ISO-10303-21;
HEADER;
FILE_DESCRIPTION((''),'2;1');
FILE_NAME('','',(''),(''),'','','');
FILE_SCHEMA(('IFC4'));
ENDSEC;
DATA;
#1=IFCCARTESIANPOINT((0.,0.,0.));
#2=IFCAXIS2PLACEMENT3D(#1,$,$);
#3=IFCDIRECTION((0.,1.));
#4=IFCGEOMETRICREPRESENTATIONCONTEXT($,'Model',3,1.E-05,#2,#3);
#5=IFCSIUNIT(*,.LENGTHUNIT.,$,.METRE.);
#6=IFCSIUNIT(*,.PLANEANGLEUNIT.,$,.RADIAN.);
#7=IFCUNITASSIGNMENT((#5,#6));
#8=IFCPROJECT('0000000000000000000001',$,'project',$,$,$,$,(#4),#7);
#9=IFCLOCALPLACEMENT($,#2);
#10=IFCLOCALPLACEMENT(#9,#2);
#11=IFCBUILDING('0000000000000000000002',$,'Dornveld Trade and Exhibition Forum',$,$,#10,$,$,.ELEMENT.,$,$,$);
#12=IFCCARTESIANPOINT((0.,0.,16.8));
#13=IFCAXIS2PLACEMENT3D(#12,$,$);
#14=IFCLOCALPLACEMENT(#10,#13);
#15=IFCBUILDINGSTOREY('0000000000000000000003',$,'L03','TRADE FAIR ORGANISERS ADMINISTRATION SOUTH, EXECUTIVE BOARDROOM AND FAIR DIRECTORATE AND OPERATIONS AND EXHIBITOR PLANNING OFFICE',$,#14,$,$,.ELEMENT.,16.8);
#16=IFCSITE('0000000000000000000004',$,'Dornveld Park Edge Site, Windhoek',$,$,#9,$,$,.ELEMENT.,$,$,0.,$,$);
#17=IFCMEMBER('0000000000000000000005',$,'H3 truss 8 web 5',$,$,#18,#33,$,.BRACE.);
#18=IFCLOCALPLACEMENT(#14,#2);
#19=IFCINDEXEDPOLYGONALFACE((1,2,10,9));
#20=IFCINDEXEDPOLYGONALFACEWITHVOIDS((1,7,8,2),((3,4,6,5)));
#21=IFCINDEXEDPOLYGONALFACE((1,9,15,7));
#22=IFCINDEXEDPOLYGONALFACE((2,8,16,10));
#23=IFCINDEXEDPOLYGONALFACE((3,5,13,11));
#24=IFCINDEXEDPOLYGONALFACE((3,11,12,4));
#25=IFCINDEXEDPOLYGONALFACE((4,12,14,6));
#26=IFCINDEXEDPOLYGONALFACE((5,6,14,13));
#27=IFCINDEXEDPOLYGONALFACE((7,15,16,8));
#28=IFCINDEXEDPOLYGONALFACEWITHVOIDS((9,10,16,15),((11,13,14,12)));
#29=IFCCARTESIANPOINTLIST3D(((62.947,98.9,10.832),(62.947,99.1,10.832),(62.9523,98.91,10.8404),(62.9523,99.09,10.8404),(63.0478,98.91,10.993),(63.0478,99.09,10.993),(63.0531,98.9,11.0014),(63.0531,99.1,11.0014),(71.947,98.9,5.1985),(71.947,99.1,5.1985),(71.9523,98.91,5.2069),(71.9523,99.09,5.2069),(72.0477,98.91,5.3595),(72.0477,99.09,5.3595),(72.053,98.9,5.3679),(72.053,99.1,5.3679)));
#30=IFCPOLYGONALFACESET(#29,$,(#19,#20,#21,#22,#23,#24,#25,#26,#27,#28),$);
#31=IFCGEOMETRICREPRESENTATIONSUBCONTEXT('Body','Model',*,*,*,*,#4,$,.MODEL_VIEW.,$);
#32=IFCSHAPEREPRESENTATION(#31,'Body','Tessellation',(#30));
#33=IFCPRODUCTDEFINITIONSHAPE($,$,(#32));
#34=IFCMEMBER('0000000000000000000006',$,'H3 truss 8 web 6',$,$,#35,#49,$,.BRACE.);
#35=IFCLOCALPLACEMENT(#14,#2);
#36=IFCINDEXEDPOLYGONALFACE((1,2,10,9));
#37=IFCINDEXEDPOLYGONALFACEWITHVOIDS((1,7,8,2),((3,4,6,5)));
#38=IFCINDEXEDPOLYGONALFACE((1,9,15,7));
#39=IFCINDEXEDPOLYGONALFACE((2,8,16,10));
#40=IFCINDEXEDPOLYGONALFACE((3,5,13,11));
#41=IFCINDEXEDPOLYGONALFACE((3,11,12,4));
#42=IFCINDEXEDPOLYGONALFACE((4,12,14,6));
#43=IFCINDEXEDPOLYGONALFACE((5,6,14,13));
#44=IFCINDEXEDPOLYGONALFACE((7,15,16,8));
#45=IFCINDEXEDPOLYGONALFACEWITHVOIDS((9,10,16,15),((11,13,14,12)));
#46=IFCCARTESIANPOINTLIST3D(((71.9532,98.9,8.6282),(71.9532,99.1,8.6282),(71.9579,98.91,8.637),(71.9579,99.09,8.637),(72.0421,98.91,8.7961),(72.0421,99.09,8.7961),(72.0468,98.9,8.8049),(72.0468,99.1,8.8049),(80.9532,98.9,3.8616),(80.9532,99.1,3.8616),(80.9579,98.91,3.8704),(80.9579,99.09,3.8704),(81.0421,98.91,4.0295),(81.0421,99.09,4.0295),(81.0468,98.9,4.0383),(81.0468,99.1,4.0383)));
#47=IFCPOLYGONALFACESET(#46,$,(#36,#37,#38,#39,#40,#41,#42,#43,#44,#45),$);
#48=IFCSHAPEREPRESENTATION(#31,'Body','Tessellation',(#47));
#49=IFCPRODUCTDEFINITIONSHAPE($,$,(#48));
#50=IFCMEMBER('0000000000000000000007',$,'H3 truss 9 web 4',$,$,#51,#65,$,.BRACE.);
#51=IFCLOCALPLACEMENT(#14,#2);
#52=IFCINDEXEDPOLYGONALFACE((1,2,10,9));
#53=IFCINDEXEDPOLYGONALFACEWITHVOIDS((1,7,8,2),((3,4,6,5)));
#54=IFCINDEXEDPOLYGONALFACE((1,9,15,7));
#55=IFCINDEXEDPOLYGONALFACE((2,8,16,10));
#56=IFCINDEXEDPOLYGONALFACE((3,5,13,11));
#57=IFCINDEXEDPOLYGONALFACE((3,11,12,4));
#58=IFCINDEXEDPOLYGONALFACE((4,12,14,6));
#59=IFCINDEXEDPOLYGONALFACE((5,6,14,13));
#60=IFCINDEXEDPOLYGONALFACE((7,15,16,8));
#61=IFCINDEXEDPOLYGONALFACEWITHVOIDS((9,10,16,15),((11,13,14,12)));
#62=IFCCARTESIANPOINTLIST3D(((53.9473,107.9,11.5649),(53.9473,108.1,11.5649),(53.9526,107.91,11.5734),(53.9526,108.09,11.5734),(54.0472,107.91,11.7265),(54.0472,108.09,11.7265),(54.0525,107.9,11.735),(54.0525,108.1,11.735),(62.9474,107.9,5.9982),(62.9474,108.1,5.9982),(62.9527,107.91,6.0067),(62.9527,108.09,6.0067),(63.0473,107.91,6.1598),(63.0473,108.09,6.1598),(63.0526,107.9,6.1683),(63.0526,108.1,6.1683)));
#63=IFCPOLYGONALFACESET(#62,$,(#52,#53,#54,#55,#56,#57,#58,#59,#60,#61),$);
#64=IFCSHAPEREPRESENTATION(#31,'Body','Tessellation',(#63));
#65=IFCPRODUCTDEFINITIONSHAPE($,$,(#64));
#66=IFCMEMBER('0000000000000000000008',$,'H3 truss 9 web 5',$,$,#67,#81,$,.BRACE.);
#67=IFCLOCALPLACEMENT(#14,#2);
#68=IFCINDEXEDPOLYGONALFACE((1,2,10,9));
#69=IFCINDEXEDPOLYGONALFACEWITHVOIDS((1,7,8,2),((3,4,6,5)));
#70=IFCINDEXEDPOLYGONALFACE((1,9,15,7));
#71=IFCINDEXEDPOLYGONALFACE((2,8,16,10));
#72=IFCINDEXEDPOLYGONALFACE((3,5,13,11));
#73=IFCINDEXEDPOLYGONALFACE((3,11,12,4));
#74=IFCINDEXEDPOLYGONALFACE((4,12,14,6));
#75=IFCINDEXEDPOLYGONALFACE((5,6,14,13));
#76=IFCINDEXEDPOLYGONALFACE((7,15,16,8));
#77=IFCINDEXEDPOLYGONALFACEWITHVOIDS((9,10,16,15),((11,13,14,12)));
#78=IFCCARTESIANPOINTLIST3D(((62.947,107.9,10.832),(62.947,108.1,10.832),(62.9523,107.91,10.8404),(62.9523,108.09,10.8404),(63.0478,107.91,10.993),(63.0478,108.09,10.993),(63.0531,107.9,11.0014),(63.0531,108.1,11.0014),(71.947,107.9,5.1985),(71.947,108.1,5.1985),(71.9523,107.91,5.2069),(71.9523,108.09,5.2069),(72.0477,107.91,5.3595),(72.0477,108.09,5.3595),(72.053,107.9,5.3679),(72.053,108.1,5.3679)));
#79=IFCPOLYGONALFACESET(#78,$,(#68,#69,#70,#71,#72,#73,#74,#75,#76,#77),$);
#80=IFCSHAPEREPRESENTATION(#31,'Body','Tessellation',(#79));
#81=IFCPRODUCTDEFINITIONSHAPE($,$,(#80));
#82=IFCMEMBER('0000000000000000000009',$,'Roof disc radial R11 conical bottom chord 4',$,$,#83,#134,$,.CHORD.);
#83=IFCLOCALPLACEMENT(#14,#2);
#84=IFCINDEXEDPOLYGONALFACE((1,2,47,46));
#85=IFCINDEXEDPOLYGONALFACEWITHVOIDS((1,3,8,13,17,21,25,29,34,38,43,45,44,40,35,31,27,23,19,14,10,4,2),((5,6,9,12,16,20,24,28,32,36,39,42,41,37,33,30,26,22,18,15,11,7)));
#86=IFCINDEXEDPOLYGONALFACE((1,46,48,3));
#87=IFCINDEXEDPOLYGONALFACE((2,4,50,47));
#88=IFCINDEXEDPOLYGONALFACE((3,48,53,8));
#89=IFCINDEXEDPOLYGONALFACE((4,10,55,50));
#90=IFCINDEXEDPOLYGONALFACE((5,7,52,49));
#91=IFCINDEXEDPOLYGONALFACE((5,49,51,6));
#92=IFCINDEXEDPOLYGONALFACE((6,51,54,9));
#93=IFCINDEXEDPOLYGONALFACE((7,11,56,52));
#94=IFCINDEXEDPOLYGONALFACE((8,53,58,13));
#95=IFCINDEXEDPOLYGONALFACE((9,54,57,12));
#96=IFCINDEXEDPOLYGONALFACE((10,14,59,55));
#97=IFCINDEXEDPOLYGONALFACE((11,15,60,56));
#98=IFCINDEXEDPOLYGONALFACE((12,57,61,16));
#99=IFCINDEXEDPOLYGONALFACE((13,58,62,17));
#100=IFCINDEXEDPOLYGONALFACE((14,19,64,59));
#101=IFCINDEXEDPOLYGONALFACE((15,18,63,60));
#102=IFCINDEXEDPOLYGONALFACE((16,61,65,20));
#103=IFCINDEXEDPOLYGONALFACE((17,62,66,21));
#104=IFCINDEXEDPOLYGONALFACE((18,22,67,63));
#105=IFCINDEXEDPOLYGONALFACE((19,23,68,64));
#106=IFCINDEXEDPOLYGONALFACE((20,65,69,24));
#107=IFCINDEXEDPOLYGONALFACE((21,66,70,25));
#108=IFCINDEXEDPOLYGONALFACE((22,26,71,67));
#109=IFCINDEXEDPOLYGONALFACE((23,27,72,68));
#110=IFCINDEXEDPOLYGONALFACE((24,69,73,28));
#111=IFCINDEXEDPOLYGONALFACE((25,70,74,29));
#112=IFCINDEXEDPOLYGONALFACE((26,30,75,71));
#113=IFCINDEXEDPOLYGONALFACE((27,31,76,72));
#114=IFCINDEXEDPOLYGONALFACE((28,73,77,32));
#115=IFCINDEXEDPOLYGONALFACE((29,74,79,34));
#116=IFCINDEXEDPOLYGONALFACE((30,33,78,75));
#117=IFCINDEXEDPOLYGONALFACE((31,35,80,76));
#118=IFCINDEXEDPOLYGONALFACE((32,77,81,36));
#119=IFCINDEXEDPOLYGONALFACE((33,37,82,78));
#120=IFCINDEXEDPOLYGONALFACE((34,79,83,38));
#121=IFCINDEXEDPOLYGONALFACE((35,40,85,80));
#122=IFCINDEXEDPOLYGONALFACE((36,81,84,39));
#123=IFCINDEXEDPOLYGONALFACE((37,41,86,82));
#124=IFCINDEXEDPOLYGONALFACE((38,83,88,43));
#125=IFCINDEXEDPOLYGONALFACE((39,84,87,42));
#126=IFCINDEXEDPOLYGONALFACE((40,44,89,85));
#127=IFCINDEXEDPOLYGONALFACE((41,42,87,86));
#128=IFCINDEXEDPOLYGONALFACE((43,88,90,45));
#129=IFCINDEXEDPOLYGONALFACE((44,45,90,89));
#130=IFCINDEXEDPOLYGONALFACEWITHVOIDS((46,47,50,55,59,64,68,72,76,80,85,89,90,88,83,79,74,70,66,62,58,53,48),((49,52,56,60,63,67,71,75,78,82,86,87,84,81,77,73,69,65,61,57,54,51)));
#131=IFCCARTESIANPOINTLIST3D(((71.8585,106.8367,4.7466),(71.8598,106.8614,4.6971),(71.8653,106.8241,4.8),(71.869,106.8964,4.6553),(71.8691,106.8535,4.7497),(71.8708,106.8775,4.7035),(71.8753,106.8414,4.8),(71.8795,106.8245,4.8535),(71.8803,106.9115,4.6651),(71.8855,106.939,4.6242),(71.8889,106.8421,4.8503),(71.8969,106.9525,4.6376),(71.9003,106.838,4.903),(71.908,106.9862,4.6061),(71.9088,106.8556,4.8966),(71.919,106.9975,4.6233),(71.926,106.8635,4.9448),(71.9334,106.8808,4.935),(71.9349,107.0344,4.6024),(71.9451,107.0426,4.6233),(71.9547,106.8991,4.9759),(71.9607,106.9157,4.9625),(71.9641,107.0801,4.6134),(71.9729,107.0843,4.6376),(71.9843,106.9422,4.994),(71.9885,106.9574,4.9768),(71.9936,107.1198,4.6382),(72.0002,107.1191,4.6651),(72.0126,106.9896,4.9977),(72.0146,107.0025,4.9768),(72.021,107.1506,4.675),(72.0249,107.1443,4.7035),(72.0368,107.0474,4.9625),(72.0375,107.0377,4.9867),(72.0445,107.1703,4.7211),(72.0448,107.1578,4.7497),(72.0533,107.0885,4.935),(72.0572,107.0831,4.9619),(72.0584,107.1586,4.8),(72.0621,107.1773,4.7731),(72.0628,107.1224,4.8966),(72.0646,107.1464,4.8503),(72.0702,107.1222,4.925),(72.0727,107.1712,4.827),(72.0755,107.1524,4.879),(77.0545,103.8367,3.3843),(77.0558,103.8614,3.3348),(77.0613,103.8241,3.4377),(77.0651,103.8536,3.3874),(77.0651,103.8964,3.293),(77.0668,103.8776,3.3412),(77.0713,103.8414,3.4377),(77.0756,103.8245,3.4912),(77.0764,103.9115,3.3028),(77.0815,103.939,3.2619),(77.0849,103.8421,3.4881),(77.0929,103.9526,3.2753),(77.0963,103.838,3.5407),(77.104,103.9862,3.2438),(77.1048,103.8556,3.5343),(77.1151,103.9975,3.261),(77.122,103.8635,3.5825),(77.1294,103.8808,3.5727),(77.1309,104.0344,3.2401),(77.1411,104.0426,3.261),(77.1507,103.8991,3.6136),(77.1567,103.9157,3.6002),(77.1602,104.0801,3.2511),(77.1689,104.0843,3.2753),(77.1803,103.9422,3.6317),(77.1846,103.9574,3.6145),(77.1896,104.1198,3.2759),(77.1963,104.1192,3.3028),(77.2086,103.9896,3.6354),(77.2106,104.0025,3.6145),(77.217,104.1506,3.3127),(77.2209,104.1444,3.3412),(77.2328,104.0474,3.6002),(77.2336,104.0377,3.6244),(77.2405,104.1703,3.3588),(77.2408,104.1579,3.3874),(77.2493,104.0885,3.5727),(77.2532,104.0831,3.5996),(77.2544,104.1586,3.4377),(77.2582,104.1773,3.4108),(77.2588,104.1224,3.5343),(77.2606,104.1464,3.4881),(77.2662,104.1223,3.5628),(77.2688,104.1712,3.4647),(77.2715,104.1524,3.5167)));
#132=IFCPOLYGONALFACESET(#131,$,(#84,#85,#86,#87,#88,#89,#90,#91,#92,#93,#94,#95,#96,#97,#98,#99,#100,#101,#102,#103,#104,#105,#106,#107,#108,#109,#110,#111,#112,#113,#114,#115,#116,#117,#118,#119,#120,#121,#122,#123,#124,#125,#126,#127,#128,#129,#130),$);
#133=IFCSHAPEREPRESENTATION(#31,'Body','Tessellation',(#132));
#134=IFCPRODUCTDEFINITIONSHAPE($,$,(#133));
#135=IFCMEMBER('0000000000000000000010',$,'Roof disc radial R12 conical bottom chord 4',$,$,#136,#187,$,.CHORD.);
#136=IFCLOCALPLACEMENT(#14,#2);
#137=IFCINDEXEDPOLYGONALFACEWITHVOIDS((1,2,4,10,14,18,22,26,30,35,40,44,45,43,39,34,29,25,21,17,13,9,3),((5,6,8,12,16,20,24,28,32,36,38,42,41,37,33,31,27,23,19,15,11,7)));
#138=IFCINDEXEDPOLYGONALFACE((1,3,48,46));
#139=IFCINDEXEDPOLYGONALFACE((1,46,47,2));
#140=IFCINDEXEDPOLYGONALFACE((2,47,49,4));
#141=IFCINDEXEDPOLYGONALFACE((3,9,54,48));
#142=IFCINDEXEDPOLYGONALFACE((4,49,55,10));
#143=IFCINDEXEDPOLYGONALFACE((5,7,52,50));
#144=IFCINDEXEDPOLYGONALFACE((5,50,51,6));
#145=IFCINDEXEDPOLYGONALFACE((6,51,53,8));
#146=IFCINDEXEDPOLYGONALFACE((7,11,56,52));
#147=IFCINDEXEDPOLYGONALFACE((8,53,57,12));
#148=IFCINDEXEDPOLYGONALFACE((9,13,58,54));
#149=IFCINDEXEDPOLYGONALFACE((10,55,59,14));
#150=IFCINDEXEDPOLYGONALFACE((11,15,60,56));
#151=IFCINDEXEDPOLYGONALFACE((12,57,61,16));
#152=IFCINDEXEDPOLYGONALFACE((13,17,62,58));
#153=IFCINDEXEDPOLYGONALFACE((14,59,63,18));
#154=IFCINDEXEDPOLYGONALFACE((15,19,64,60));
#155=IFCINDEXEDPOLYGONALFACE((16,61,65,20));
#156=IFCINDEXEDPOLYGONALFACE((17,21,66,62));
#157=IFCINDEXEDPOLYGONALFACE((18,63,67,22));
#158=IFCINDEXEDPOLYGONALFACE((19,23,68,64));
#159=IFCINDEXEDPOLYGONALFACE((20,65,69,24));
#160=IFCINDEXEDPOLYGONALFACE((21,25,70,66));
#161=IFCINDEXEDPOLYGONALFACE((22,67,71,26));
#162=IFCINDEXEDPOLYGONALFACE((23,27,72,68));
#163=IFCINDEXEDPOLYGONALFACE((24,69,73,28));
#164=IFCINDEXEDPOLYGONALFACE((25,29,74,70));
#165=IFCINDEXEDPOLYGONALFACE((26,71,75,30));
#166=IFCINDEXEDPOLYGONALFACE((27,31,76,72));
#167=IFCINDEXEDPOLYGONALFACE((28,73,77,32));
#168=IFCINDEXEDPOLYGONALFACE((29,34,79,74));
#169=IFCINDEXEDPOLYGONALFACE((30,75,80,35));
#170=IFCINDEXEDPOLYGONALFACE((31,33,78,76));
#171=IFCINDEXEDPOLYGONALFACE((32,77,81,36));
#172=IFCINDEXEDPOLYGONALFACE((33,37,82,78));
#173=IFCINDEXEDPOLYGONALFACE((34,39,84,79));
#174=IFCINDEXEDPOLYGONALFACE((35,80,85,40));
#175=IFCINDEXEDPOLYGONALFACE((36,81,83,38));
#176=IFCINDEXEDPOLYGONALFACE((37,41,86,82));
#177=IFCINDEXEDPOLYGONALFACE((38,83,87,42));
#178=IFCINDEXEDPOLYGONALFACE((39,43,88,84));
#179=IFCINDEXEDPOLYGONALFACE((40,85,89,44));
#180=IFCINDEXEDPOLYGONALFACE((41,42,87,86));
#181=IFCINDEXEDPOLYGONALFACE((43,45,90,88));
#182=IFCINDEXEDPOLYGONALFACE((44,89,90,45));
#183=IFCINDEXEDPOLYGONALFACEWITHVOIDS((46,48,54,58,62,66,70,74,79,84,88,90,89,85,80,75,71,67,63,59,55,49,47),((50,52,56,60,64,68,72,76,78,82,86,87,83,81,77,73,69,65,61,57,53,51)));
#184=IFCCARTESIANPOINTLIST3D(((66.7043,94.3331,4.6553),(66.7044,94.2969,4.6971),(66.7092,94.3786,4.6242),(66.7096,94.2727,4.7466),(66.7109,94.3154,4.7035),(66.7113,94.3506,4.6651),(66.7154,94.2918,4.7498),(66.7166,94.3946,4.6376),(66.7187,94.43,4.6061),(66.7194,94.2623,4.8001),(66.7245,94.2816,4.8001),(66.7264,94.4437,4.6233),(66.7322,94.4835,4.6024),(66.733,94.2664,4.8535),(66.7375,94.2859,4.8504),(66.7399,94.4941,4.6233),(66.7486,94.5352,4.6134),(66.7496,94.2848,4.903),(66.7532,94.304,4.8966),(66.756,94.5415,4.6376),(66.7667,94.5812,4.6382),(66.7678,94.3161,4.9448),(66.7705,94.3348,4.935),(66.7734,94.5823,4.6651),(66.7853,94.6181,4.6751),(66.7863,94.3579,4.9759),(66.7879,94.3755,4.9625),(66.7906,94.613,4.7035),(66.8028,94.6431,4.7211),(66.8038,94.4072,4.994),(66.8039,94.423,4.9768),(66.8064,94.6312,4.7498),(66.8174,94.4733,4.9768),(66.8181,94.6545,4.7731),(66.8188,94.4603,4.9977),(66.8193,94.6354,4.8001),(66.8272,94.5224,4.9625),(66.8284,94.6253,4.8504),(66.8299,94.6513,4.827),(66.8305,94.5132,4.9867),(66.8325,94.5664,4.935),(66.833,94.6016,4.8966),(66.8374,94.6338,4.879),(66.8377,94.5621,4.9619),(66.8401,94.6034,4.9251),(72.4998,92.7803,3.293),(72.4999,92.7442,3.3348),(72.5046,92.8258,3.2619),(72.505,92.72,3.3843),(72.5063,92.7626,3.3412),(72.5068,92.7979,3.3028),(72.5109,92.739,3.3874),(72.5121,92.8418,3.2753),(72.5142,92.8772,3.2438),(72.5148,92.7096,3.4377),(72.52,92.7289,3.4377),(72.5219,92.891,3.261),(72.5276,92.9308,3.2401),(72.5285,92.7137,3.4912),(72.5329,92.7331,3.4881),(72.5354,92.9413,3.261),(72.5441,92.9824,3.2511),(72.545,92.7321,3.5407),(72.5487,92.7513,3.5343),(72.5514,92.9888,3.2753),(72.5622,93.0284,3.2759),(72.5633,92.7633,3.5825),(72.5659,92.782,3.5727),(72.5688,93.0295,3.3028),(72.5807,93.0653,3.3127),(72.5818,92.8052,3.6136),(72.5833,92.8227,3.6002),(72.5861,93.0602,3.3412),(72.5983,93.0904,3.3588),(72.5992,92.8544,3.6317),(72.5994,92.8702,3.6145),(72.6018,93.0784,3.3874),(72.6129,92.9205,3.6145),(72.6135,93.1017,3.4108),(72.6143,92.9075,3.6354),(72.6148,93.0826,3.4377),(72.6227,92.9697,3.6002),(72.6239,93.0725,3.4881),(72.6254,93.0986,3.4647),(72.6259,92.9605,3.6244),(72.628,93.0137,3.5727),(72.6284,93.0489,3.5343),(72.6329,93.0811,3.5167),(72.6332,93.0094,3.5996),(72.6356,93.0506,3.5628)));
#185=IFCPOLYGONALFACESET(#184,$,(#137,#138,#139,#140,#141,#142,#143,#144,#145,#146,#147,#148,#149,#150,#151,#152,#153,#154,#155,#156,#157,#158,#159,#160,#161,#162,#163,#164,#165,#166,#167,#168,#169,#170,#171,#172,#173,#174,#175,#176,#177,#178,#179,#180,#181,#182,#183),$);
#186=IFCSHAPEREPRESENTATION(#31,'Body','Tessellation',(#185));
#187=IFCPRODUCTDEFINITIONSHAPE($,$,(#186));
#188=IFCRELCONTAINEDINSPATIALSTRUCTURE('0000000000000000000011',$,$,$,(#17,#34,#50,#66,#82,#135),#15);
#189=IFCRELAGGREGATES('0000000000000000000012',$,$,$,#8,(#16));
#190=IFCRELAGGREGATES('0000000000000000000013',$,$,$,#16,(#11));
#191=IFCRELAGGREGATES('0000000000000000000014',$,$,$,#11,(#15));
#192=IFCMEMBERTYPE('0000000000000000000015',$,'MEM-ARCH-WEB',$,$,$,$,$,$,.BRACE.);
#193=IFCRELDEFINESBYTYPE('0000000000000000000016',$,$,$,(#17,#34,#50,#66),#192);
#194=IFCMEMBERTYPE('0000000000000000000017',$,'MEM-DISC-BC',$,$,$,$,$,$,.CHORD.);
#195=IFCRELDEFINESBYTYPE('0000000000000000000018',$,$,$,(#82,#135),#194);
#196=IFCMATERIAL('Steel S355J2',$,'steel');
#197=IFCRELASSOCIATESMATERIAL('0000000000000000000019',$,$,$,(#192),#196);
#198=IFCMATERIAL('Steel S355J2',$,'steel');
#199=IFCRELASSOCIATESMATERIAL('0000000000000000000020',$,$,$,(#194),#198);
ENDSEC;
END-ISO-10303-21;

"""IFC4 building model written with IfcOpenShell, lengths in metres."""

from ifc_helpers import new_model, si_unit, direction, frame, origin, origin_2d, place, context, subcontext, project, spatial, hollow_rectangle, hollow_circle, extrude, material, material_profile, profile_set, type_object, element, save


model = new_model("IFC4")

# Units and contexts
model_context = context("Model", 3, precision=1e-05, world=origin(), true_north=direction((0.0, 1.0)))
body_context = subcontext(model_context, "Body", "Model", "MODEL_VIEW")
ifc_project = project(units=[si_unit("LENGTHUNIT", "METRE"), si_unit("PLANEANGLEUNIT", "RADIAN")], contexts=[model_context])

# Site, building, storey
site_placement = place(None, origin())
site = spatial("IfcSite", under=ifc_project, at=site_placement, Name="Dornveld Park Edge Site, Windhoek", CompositionType="ELEMENT", RefElevation=0.0)
building_placement = place(site_placement, origin())
building = spatial("IfcBuilding", under=site, at=building_placement, Name="Dornveld Trade and Exhibition Forum", CompositionType="ELEMENT")
storey_placement = place(building_placement, frame((0.0, 0.0, 16.8)))
storey = spatial("IfcBuildingStorey", under=building, at=storey_placement, Name="L03", Description="TRADE FAIR ORGANISERS ADMINISTRATION SOUTH, EXECUTIVE BOARDROOM AND FAIR DIRECTORATE AND OPERATIONS AND EXHIBITOR PLANNING OFFICE", CompositionType="ELEMENT", Elevation=16.8)

# Members
ifc_material_1 = material(Name="Steel S355J2", Category="steel")
ifc_material_profile_1 = material_profile(ifc_material_1, hollow_rectangle(XDim=0.2, YDim=0.2, WallThickness=0.01, at=origin_2d()), Name="SHS 200x200x10")
ifc_profile_set_1 = profile_set([ifc_material_profile_1], Name="Steel S355J2")
member_type_1 = type_object("IfcMemberType", Name="MEM-ARCH-WEB", PredefinedType="BRACE", material=ifc_profile_set_1)
member_1_placement = place(storey_placement, frame((72.0, 99.0, 5.2832), z_axis=(-0.847636, 0.0, 0.530578), x_axis=(0.0, -1.0, 0.0)))
element("IfcMember", 1, at=member_1_placement, inside=storey, type_object=member_type_1, Name="H3 truss 8 web 5", PredefinedType="BRACE", context=body_context, shape_type="SweptSolid", body=[
    extrude(hollow_rectangle(XDim=0.2, YDim=0.2, WallThickness=0.01, at=origin_2d()), origin(), (0.0, 0.0, 1.0), 10.6177),
])
member_2_placement = place(storey_placement, frame((81.0, 99.0, 3.95), z_axis=(-0.883711, 0.0, 0.468033), x_axis=(0.0, -1.0, 0.0)))
element("IfcMember", 2, at=member_2_placement, inside=storey, type_object=member_type_1, Name="H3 truss 8 web 6", PredefinedType="BRACE", context=body_context, shape_type="SweptSolid", body=[
    extrude(hollow_rectangle(XDim=0.2, YDim=0.2, WallThickness=0.01, at=origin_2d()), origin(), (0.0, 0.0, 1.0), 10.1843),
])
member_3_placement = place(storey_placement, frame((63.0, 108.0, 6.0833), z_axis=(-0.850467, 0.0, 0.526028), x_axis=(0.0, -1.0, 0.0)))
element("IfcMember", 3, at=member_3_placement, inside=storey, type_object=member_type_1, Name="H3 truss 9 web 4", PredefinedType="BRACE", context=body_context, shape_type="SweptSolid", body=[
    extrude(hollow_rectangle(XDim=0.2, YDim=0.2, WallThickness=0.01, at=origin_2d()), origin(), (0.0, 0.0, 1.0), 10.5825),
])
member_4_placement = place(storey_placement, frame((72.0, 108.0, 5.2832), z_axis=(-0.847636, 0.0, 0.530578), x_axis=(0.0, -1.0, 0.0)))
element("IfcMember", 4, at=member_4_placement, inside=storey, type_object=member_type_1, Name="H3 truss 9 web 5", PredefinedType="BRACE", context=body_context, shape_type="SweptSolid", body=[
    extrude(hollow_rectangle(XDim=0.2, YDim=0.2, WallThickness=0.01, at=origin_2d()), origin(), (0.0, 0.0, 1.0), 10.6177),
])
ifc_material_2 = material(Name="Steel S355J2", Category="steel")
ifc_material_profile_2 = material_profile(ifc_material_2, hollow_circle(Radius=0.2031, WallThickness=0.02, at=origin_2d()), Name="CHS 406.4x20")
ifc_profile_set_2 = profile_set([ifc_material_profile_2], Name="Steel S355J2")
member_type_2 = type_object("IfcMemberType", Name="MEM-DISC-BC", PredefinedType="CHORD", material=ifc_profile_set_2)
for number, where, z_axis, x_axis, name in (
    (5, (77.1628, 104.0, 3.4377), (-0.844525, 0.487597, 0.221419), (-0.500008, -0.866021, 0.0), "Roof disc radial R11 conical bottom chord 4"),
    (6, (72.5674, 92.9058, 3.4377), (-0.941955, 0.252373, 0.221422), (-0.258797, -0.965932, 0.0), "Roof disc radial R12 conical bottom chord 4"),
):
    element("IfcMember", number, at=place(storey_placement, frame(where, z_axis=z_axis, x_axis=x_axis)), inside=storey, type_object=member_type_2, Name=name, PredefinedType="CHORD", context=body_context, shape_type="SweptSolid", body=[
        extrude(hollow_circle(Radius=0.2031, WallThickness=0.02, at=origin_2d()), origin(), (0.0, 0.0, 1.0), 6.1526),
    ])

save(model, "model.ifc")
